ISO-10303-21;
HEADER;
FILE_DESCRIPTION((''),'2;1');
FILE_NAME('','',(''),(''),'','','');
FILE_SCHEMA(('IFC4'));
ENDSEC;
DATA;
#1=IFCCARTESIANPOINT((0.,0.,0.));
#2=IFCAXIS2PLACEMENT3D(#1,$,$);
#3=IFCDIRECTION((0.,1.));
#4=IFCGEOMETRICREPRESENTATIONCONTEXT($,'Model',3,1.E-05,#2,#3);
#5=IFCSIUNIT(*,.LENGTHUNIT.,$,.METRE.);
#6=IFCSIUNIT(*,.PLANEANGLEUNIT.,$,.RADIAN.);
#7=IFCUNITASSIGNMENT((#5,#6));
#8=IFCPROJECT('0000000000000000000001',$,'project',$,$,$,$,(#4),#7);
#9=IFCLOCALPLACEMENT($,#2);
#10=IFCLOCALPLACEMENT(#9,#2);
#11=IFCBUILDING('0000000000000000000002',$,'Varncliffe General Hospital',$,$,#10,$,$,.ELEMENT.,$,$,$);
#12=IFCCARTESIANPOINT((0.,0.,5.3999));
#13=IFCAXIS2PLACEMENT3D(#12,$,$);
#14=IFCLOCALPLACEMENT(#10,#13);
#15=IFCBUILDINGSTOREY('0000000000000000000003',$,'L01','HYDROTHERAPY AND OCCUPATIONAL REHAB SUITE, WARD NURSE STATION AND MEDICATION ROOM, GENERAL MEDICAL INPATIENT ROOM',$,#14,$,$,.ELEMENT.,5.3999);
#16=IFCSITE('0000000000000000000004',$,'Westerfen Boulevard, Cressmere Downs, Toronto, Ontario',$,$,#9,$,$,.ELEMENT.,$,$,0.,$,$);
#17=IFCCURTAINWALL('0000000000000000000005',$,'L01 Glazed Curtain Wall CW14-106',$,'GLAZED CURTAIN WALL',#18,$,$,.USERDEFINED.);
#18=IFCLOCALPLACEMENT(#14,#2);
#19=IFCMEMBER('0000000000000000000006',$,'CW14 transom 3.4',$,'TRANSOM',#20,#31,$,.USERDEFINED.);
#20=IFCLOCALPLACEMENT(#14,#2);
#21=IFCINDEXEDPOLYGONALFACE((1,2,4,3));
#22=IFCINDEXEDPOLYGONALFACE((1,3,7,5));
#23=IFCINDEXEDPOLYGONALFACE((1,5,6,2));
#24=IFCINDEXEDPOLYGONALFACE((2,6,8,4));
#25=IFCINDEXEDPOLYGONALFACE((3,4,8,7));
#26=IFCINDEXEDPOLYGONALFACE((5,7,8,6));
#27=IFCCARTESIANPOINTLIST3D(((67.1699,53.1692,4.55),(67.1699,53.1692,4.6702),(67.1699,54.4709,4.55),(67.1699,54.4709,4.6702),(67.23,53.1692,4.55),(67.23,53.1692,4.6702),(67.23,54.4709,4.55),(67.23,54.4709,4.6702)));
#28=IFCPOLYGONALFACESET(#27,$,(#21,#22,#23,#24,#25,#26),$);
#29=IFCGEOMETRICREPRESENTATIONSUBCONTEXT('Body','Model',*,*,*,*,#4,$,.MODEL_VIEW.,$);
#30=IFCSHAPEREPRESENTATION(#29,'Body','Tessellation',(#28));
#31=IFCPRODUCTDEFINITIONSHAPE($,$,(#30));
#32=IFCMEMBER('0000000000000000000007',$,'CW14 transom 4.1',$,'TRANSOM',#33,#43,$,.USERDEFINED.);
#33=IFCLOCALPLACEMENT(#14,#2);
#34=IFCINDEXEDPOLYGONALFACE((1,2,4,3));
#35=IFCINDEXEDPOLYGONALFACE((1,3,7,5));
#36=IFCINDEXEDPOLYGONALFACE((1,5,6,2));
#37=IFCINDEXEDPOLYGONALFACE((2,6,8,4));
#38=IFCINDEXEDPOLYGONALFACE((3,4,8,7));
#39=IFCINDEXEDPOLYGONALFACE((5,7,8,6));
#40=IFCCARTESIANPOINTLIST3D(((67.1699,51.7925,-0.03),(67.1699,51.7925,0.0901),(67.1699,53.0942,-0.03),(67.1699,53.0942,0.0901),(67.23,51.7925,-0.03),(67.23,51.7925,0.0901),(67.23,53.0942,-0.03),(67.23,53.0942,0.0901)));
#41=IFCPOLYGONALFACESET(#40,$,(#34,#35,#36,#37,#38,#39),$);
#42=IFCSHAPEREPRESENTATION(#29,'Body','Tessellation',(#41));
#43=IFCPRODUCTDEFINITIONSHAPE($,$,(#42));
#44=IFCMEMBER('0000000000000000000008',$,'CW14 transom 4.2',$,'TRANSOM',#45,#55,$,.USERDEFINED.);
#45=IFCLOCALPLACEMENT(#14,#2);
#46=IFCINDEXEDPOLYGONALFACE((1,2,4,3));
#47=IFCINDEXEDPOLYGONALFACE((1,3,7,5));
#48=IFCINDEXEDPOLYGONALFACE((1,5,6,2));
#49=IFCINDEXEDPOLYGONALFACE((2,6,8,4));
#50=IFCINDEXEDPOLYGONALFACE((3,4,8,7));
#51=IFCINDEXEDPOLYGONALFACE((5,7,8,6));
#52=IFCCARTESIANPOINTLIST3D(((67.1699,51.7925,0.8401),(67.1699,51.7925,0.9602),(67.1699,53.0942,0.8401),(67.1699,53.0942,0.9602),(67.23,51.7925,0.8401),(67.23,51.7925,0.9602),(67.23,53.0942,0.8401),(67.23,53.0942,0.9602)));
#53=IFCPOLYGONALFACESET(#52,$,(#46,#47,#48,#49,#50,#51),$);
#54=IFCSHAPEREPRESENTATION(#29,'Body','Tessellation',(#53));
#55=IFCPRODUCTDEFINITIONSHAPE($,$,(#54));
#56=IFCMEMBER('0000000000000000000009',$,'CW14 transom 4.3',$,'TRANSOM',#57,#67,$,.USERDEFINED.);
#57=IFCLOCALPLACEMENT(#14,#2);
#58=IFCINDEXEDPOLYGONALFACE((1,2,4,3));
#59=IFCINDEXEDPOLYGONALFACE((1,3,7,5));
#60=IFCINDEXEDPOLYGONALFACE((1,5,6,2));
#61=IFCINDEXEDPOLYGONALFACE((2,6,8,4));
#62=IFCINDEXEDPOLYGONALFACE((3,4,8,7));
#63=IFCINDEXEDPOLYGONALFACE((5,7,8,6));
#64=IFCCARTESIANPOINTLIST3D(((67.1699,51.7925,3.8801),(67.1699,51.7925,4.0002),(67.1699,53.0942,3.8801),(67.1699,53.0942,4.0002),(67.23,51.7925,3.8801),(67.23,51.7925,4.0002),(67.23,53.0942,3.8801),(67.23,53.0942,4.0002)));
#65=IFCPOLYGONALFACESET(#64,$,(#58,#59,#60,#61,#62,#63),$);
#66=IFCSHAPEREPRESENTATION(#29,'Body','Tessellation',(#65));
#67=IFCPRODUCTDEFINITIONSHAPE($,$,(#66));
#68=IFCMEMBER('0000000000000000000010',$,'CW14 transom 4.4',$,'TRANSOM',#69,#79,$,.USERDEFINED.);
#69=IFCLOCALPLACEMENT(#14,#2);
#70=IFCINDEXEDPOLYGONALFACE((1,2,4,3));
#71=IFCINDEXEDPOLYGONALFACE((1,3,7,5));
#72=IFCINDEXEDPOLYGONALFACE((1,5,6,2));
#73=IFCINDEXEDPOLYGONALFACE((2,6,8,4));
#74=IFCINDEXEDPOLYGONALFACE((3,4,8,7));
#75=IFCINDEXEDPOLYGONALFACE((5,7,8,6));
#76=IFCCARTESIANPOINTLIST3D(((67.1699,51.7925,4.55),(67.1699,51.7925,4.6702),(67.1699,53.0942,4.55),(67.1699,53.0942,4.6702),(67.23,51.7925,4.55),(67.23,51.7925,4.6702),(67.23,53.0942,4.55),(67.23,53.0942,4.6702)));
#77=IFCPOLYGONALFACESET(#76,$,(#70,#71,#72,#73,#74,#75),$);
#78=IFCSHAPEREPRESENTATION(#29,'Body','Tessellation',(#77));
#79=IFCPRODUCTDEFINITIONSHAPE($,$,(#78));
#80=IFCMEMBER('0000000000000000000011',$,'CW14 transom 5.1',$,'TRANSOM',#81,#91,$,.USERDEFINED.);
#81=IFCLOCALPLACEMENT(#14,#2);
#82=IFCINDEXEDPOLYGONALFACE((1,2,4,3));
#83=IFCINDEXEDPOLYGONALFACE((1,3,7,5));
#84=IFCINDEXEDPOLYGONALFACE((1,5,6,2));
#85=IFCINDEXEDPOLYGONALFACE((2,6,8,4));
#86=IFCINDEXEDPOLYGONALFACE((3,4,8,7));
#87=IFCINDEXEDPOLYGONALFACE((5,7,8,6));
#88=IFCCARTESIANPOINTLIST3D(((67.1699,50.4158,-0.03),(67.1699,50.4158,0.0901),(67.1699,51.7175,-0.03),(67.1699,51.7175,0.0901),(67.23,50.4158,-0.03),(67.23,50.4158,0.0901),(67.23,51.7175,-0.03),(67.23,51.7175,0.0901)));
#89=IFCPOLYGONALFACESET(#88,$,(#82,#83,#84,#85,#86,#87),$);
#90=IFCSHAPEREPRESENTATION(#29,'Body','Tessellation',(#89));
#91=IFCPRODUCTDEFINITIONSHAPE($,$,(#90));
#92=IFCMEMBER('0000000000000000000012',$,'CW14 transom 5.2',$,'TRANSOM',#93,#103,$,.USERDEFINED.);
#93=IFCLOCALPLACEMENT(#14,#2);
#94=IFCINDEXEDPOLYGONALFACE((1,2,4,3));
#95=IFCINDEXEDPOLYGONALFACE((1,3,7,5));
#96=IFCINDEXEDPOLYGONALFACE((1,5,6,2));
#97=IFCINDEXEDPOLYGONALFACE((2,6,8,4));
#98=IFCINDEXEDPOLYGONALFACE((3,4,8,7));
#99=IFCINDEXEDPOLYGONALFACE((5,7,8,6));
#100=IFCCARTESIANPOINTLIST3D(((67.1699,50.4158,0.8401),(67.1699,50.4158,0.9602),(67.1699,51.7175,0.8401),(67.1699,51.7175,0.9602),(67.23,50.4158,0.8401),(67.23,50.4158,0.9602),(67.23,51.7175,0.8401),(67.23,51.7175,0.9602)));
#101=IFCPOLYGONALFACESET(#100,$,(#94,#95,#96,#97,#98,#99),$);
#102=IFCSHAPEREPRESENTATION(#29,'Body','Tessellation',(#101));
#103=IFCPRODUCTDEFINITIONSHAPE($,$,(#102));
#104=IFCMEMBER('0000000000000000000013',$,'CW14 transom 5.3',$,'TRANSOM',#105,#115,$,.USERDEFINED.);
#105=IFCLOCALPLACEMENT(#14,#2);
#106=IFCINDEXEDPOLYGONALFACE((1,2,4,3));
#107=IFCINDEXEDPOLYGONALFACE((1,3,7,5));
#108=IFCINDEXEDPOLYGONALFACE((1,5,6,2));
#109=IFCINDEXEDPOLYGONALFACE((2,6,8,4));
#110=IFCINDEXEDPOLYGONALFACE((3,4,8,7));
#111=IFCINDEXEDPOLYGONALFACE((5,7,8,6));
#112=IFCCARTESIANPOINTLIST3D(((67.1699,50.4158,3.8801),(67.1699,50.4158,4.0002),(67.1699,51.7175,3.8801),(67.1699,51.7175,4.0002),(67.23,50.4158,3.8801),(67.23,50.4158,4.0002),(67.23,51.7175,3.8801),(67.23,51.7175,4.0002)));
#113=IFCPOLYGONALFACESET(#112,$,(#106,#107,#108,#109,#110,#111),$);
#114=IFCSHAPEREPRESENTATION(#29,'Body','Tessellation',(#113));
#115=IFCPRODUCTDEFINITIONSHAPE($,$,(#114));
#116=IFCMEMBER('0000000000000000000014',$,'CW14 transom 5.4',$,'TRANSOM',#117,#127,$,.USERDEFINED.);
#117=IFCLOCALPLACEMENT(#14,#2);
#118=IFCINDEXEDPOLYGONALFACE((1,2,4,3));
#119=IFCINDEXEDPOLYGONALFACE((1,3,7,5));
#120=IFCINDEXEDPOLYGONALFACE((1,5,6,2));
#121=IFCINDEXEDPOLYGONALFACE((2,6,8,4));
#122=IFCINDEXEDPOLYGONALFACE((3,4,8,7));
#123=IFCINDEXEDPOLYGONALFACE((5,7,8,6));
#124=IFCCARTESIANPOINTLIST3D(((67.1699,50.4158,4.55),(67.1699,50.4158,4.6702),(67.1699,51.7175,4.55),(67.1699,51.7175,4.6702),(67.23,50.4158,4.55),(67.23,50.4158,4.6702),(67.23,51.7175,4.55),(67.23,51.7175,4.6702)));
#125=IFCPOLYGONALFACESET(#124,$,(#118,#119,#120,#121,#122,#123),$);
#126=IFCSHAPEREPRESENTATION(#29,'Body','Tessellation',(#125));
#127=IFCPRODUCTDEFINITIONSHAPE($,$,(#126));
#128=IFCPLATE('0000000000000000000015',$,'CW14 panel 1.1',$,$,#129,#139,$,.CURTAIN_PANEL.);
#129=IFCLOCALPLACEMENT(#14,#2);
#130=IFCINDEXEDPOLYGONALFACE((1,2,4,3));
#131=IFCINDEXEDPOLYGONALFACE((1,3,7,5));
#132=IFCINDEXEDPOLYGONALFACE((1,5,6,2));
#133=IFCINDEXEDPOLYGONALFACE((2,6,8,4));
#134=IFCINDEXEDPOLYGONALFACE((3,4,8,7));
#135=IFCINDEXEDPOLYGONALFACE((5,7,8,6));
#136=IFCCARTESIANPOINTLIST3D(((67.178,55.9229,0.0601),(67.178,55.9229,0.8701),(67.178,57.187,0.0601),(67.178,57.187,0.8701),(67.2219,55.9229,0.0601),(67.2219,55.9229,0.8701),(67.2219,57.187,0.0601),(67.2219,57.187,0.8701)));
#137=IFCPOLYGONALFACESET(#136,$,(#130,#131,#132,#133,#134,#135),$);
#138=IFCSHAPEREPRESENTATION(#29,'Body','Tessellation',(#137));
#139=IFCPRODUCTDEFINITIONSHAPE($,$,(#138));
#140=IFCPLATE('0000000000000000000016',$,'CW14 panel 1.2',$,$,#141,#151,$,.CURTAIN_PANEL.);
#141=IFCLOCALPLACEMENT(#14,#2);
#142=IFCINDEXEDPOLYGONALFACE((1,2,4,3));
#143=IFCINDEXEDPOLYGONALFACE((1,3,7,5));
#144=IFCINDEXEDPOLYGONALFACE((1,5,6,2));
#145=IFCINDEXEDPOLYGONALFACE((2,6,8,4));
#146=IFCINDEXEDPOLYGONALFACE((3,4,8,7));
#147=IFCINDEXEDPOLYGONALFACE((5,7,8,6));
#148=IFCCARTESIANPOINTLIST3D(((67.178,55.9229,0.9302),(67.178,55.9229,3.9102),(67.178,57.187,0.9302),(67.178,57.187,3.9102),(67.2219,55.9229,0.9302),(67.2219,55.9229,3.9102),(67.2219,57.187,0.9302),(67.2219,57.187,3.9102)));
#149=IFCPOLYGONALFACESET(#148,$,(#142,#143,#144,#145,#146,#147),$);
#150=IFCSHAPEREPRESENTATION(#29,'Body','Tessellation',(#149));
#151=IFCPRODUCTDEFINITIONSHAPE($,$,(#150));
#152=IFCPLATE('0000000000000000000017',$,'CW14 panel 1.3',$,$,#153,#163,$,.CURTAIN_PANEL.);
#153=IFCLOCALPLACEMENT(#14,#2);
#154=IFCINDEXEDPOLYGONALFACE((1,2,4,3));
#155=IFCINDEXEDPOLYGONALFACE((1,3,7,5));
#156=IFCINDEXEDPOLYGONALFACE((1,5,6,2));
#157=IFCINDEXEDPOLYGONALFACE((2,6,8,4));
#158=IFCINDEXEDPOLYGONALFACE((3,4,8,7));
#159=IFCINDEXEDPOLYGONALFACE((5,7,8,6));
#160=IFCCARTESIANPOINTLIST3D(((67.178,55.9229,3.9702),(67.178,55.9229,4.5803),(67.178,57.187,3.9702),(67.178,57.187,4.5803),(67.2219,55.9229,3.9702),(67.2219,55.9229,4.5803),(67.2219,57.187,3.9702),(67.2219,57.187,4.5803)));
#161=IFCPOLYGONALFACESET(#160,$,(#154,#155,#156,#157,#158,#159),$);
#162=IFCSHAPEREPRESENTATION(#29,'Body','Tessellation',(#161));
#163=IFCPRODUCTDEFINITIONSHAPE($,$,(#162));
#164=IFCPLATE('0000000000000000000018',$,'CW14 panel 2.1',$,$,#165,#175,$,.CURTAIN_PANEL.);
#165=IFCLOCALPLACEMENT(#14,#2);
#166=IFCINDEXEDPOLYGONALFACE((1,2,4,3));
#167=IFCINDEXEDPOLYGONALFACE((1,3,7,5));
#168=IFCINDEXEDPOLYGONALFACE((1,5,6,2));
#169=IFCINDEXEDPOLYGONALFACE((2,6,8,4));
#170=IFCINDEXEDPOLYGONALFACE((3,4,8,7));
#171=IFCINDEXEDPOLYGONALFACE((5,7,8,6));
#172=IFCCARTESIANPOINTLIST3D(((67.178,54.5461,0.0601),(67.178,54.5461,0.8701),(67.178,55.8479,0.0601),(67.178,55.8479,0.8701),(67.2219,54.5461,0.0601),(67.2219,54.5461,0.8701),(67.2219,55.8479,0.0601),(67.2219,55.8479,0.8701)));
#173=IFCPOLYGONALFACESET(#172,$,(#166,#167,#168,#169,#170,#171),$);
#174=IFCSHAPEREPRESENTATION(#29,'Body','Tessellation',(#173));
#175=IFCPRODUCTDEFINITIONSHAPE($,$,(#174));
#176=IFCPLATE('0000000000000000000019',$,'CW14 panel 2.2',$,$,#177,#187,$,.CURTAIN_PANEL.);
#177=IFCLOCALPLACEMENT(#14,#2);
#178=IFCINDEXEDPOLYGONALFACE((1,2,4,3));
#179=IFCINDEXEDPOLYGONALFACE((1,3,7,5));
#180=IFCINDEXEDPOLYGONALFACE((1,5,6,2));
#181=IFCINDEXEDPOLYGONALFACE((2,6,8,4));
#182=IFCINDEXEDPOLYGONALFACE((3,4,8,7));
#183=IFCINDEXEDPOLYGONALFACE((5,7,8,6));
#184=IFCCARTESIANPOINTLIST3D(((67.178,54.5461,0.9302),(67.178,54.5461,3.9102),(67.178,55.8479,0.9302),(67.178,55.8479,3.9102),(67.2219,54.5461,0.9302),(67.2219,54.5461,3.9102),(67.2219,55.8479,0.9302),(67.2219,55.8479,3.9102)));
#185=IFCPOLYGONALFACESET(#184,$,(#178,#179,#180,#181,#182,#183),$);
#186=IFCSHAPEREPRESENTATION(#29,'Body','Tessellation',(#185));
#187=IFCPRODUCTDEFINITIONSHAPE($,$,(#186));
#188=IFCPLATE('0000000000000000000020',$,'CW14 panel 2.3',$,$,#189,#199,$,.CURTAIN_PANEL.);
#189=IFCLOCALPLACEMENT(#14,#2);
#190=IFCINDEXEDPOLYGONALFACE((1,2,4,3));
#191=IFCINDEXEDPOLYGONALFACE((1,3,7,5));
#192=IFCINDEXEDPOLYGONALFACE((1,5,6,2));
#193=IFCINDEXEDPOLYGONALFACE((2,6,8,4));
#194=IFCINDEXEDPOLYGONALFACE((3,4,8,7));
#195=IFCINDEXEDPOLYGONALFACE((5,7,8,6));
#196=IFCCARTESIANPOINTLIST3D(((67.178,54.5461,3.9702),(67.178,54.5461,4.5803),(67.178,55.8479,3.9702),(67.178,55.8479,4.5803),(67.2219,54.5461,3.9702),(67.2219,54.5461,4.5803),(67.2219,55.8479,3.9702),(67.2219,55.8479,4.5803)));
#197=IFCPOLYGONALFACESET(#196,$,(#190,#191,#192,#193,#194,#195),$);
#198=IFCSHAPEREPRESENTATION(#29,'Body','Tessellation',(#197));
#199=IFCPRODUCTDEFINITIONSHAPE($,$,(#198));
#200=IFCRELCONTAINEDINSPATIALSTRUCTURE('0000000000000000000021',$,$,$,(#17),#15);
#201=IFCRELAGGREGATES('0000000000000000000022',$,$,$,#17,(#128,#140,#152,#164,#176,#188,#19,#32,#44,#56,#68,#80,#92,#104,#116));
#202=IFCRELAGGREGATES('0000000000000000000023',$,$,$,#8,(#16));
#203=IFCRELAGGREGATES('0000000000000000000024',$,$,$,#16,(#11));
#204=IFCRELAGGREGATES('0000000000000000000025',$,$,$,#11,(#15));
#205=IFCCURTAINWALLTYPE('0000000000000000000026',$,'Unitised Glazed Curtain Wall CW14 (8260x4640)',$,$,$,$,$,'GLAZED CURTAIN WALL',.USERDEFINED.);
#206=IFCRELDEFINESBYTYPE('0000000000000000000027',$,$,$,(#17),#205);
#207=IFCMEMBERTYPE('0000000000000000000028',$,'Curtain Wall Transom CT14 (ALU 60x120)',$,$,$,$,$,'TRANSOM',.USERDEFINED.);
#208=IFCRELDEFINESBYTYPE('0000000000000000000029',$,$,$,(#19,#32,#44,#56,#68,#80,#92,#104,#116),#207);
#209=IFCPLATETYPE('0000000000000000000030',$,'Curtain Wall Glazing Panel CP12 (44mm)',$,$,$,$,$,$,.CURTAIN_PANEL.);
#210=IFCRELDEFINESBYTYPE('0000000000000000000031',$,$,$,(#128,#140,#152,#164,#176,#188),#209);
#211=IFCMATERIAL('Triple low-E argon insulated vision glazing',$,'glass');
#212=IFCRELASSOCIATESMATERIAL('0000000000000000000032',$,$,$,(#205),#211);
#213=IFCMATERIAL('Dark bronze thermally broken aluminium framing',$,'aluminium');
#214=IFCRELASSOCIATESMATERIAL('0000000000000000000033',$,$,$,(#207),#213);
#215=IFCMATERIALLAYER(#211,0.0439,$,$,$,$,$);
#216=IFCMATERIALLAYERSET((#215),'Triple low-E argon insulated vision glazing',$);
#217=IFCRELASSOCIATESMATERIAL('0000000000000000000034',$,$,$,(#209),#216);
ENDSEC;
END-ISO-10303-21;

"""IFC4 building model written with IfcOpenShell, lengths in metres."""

from ifc_helpers import new_model, si_unit, direction, frame, origin, origin_2d, place, context, subcontext, project, spatial, rectangle, extrude, material, layer, layer_set, material_profile, profile_set, type_object, element, aggregate, save


model = new_model("IFC4")

# Units and contexts
model_context = context("Model", 3, precision=1e-05, world=origin(), true_north=direction((0.0, 1.0)))
body_context = subcontext(model_context, "Body", "Model", "MODEL_VIEW")
ifc_project = project(units=[si_unit("LENGTHUNIT", "METRE"), si_unit("PLANEANGLEUNIT", "RADIAN")], contexts=[model_context])

# Site, building, storey
site_placement = place(None, origin())
site = spatial("IfcSite", under=ifc_project, at=site_placement, Name="Westerfen Boulevard, Cressmere Downs, Toronto, Ontario", CompositionType="ELEMENT", RefElevation=0.0)
building_placement = place(site_placement, origin())
building = spatial("IfcBuilding", under=site, at=building_placement, Name="Varncliffe General Hospital", CompositionType="ELEMENT")
storey_placement = place(building_placement, frame((0.0, 0.0, 5.3999)))
storey = spatial("IfcBuildingStorey", under=building, at=storey_placement, Name="L01", Description="HYDROTHERAPY AND OCCUPATIONAL REHAB SUITE, WARD NURSE STATION AND MEDICATION ROOM, GENERAL MEDICAL INPATIENT ROOM", CompositionType="ELEMENT", Elevation=5.3999)

# Curtain wall, members, plates
ifc_material_1 = material(Name="Triple low-E argon insulated vision glazing", Category="glass")
curtain_wall_type = type_object("IfcCurtainWallType", Name="Unitised Glazed Curtain Wall CW14 (8260x4640)", ElementType="GLAZED CURTAIN WALL", PredefinedType="USERDEFINED", material=ifc_material_1)
curtain_wall_placement = place(storey_placement, origin())
curtain_wall = element("IfcCurtainWall", 1, at=curtain_wall_placement, inside=storey, type_object=curtain_wall_type, Name="L01 Glazed Curtain Wall CW14-106", ObjectType="GLAZED CURTAIN WALL", PredefinedType="USERDEFINED")
ifc_material_2 = material(Name="Dark bronze thermally broken aluminium framing", Category="aluminium")
ifc_material_profile_1 = material_profile(ifc_material_2, rectangle(XDim=0.0601, YDim=0.1201, at=origin_2d()), Name="ALU 60x120")
ifc_profile_set_1 = profile_set([ifc_material_profile_1], Name="Dark bronze thermally broken aluminium framing")
member_type_1 = type_object("IfcMemberType", Name="Curtain Wall Transom CT14 (ALU 60x120)", ElementType="TRANSOM", PredefinedType="USERDEFINED", material=ifc_profile_set_1)
member_1_placement = place(storey_placement, frame((67.2, 54.4709, 4.6101), z_axis=(0.0, -1.0, 0.0), x_axis=(1.0, 0.0, 0.0)))
member_1 = element("IfcMember", 2, at=member_1_placement, type_object=member_type_1, Name="CW14 transom 3.4", ObjectType="TRANSOM", PredefinedType="USERDEFINED", context=body_context, shape_type="SweptSolid", body=[
    extrude(rectangle(XDim=0.0601, YDim=0.1201, at=origin_2d()), origin(), (0.0, 0.0, 1.0), 1.3018),
])
member_2_placement = place(storey_placement, frame((67.2, 53.0942, 0.03), z_axis=(0.0, -1.0, 0.0), x_axis=(1.0, 0.0, 0.0)))
member_2 = element("IfcMember", 3, at=member_2_placement, type_object=member_type_1, Name="CW14 transom 4.1", ObjectType="TRANSOM", PredefinedType="USERDEFINED", context=body_context, shape_type="SweptSolid", body=[
    extrude(rectangle(XDim=0.0601, YDim=0.1201, at=origin_2d()), origin(), (0.0, 0.0, 1.0), 1.3018),
])
member_3_placement = place(storey_placement, frame((67.2, 53.0942, 0.9001), z_axis=(0.0, -1.0, 0.0), x_axis=(1.0, 0.0, 0.0)))
member_3 = element("IfcMember", 4, at=member_3_placement, type_object=member_type_1, Name="CW14 transom 4.2", ObjectType="TRANSOM", PredefinedType="USERDEFINED", context=body_context, shape_type="SweptSolid", body=[
    extrude(rectangle(XDim=0.0601, YDim=0.1201, at=origin_2d()), origin(), (0.0, 0.0, 1.0), 1.3018),
])
member_4_placement = place(storey_placement, frame((67.2, 53.0942, 3.9402), z_axis=(0.0, -1.0, 0.0), x_axis=(1.0, 0.0, 0.0)))
member_4 = element("IfcMember", 5, at=member_4_placement, type_object=member_type_1, Name="CW14 transom 4.3", ObjectType="TRANSOM", PredefinedType="USERDEFINED", context=body_context, shape_type="SweptSolid", body=[
    extrude(rectangle(XDim=0.0601, YDim=0.1201, at=origin_2d()), origin(), (0.0, 0.0, 1.0), 1.3018),
])
member_5_placement = place(storey_placement, frame((67.2, 53.0942, 4.6101), z_axis=(0.0, -1.0, 0.0), x_axis=(1.0, 0.0, 0.0)))
member_5 = element("IfcMember", 6, at=member_5_placement, type_object=member_type_1, Name="CW14 transom 4.4", ObjectType="TRANSOM", PredefinedType="USERDEFINED", context=body_context, shape_type="SweptSolid", body=[
    extrude(rectangle(XDim=0.0601, YDim=0.1201, at=origin_2d()), origin(), (0.0, 0.0, 1.0), 1.3018),
])
member_6_placement = place(storey_placement, frame((67.2, 51.7175, 0.03), z_axis=(0.0, -1.0, 0.0), x_axis=(1.0, 0.0, 0.0)))
member_6 = element("IfcMember", 7, at=member_6_placement, type_object=member_type_1, Name="CW14 transom 5.1", ObjectType="TRANSOM", PredefinedType="USERDEFINED", context=body_context, shape_type="SweptSolid", body=[
    extrude(rectangle(XDim=0.0601, YDim=0.1201, at=origin_2d()), origin(), (0.0, 0.0, 1.0), 1.3018),
])
member_7_placement = place(storey_placement, frame((67.2, 51.7175, 0.9001), z_axis=(0.0, -1.0, 0.0), x_axis=(1.0, 0.0, 0.0)))
member_7 = element("IfcMember", 8, at=member_7_placement, type_object=member_type_1, Name="CW14 transom 5.2", ObjectType="TRANSOM", PredefinedType="USERDEFINED", context=body_context, shape_type="SweptSolid", body=[
    extrude(rectangle(XDim=0.0601, YDim=0.1201, at=origin_2d()), origin(), (0.0, 0.0, 1.0), 1.3018),
])
member_8_placement = place(storey_placement, frame((67.2, 51.7175, 3.9402), z_axis=(0.0, -1.0, 0.0), x_axis=(1.0, 0.0, 0.0)))
member_8 = element("IfcMember", 9, at=member_8_placement, type_object=member_type_1, Name="CW14 transom 5.3", ObjectType="TRANSOM", PredefinedType="USERDEFINED", context=body_context, shape_type="SweptSolid", body=[
    extrude(rectangle(XDim=0.0601, YDim=0.1201, at=origin_2d()), origin(), (0.0, 0.0, 1.0), 1.3018),
])
member_9_placement = place(storey_placement, frame((67.2, 51.7175, 4.6101), z_axis=(0.0, -1.0, 0.0), x_axis=(1.0, 0.0, 0.0)))
member_9 = element("IfcMember", 10, at=member_9_placement, type_object=member_type_1, Name="CW14 transom 5.4", ObjectType="TRANSOM", PredefinedType="USERDEFINED", context=body_context, shape_type="SweptSolid", body=[
    extrude(rectangle(XDim=0.0601, YDim=0.1201, at=origin_2d()), origin(), (0.0, 0.0, 1.0), 1.3018),
])
ifc_layer = layer(ifc_material_1, 0.0439)
ifc_layer_set = layer_set([ifc_layer], Name="Triple low-E argon insulated vision glazing")
plate_type = type_object("IfcPlateType", Name="Curtain Wall Glazing Panel CP12 (44mm)", PredefinedType="CURTAIN_PANEL", material=ifc_layer_set)
plate_1_placement = place(storey_placement, frame((67.2, 56.5549, 0.0601), z_axis=(0.0, 0.0, 1.0), x_axis=(0.0, -1.0, 0.0)))
plate_1 = element("IfcPlate", 11, at=plate_1_placement, type_object=plate_type, Name="CW14 panel 1.1", PredefinedType="CURTAIN_PANEL", context=body_context, shape_type="SweptSolid", body=[
    extrude(rectangle(XDim=1.2642, YDim=0.0439, at=origin_2d()), origin(), (0.0, 0.0, 1.0), 0.8101),
])
plate_2_placement = place(storey_placement, frame((67.2, 56.5549, 0.9302), z_axis=(0.0, 0.0, 1.0), x_axis=(0.0, -1.0, 0.0)))
plate_2 = element("IfcPlate", 12, at=plate_2_placement, type_object=plate_type, Name="CW14 panel 1.2", PredefinedType="CURTAIN_PANEL", context=body_context, shape_type="SweptSolid", body=[
    extrude(rectangle(XDim=1.2642, YDim=0.0439, at=origin_2d()), origin(), (0.0, 0.0, 1.0), 2.98),
])
plate_3_placement = place(storey_placement, frame((67.2, 56.5549, 3.9702), z_axis=(0.0, 0.0, 1.0), x_axis=(0.0, -1.0, 0.0)))
plate_3 = element("IfcPlate", 13, at=plate_3_placement, type_object=plate_type, Name="CW14 panel 1.3", PredefinedType="CURTAIN_PANEL", context=body_context, shape_type="SweptSolid", body=[
    extrude(rectangle(XDim=1.2642, YDim=0.0439, at=origin_2d()), origin(), (0.0, 0.0, 1.0), 0.6101),
])
plate_4_placement = place(storey_placement, frame((67.2, 55.197, 0.0601), z_axis=(0.0, 0.0, 1.0), x_axis=(0.0, -1.0, 0.0)))
plate_4 = element("IfcPlate", 14, at=plate_4_placement, type_object=plate_type, Name="CW14 panel 2.1", PredefinedType="CURTAIN_PANEL", context=body_context, shape_type="SweptSolid", body=[
    extrude(rectangle(XDim=1.3018, YDim=0.0439, at=origin_2d()), origin(), (0.0, 0.0, 1.0), 0.8101),
])
plate_5_placement = place(storey_placement, frame((67.2, 55.197, 0.9302), z_axis=(0.0, 0.0, 1.0), x_axis=(0.0, -1.0, 0.0)))
plate_5 = element("IfcPlate", 15, at=plate_5_placement, type_object=plate_type, Name="CW14 panel 2.2", PredefinedType="CURTAIN_PANEL", context=body_context, shape_type="SweptSolid", body=[
    extrude(rectangle(XDim=1.3018, YDim=0.0439, at=origin_2d()), origin(), (0.0, 0.0, 1.0), 2.98),
])
plate_6_placement = place(storey_placement, frame((67.2, 55.197, 3.9702), z_axis=(0.0, 0.0, 1.0), x_axis=(0.0, -1.0, 0.0)))
plate_6 = element("IfcPlate", 16, at=plate_6_placement, type_object=plate_type, Name="CW14 panel 2.3", PredefinedType="CURTAIN_PANEL", context=body_context, shape_type="SweptSolid", body=[
    extrude(rectangle(XDim=1.3018, YDim=0.0439, at=origin_2d()), origin(), (0.0, 0.0, 1.0), 0.6101),
])
aggregate(curtain_wall, [plate_1, plate_2, plate_3, plate_4, plate_5, plate_6, member_1, member_2, member_3, member_4, member_5, member_6, member_7, member_8, member_9])

save(model, "model.ifc")
